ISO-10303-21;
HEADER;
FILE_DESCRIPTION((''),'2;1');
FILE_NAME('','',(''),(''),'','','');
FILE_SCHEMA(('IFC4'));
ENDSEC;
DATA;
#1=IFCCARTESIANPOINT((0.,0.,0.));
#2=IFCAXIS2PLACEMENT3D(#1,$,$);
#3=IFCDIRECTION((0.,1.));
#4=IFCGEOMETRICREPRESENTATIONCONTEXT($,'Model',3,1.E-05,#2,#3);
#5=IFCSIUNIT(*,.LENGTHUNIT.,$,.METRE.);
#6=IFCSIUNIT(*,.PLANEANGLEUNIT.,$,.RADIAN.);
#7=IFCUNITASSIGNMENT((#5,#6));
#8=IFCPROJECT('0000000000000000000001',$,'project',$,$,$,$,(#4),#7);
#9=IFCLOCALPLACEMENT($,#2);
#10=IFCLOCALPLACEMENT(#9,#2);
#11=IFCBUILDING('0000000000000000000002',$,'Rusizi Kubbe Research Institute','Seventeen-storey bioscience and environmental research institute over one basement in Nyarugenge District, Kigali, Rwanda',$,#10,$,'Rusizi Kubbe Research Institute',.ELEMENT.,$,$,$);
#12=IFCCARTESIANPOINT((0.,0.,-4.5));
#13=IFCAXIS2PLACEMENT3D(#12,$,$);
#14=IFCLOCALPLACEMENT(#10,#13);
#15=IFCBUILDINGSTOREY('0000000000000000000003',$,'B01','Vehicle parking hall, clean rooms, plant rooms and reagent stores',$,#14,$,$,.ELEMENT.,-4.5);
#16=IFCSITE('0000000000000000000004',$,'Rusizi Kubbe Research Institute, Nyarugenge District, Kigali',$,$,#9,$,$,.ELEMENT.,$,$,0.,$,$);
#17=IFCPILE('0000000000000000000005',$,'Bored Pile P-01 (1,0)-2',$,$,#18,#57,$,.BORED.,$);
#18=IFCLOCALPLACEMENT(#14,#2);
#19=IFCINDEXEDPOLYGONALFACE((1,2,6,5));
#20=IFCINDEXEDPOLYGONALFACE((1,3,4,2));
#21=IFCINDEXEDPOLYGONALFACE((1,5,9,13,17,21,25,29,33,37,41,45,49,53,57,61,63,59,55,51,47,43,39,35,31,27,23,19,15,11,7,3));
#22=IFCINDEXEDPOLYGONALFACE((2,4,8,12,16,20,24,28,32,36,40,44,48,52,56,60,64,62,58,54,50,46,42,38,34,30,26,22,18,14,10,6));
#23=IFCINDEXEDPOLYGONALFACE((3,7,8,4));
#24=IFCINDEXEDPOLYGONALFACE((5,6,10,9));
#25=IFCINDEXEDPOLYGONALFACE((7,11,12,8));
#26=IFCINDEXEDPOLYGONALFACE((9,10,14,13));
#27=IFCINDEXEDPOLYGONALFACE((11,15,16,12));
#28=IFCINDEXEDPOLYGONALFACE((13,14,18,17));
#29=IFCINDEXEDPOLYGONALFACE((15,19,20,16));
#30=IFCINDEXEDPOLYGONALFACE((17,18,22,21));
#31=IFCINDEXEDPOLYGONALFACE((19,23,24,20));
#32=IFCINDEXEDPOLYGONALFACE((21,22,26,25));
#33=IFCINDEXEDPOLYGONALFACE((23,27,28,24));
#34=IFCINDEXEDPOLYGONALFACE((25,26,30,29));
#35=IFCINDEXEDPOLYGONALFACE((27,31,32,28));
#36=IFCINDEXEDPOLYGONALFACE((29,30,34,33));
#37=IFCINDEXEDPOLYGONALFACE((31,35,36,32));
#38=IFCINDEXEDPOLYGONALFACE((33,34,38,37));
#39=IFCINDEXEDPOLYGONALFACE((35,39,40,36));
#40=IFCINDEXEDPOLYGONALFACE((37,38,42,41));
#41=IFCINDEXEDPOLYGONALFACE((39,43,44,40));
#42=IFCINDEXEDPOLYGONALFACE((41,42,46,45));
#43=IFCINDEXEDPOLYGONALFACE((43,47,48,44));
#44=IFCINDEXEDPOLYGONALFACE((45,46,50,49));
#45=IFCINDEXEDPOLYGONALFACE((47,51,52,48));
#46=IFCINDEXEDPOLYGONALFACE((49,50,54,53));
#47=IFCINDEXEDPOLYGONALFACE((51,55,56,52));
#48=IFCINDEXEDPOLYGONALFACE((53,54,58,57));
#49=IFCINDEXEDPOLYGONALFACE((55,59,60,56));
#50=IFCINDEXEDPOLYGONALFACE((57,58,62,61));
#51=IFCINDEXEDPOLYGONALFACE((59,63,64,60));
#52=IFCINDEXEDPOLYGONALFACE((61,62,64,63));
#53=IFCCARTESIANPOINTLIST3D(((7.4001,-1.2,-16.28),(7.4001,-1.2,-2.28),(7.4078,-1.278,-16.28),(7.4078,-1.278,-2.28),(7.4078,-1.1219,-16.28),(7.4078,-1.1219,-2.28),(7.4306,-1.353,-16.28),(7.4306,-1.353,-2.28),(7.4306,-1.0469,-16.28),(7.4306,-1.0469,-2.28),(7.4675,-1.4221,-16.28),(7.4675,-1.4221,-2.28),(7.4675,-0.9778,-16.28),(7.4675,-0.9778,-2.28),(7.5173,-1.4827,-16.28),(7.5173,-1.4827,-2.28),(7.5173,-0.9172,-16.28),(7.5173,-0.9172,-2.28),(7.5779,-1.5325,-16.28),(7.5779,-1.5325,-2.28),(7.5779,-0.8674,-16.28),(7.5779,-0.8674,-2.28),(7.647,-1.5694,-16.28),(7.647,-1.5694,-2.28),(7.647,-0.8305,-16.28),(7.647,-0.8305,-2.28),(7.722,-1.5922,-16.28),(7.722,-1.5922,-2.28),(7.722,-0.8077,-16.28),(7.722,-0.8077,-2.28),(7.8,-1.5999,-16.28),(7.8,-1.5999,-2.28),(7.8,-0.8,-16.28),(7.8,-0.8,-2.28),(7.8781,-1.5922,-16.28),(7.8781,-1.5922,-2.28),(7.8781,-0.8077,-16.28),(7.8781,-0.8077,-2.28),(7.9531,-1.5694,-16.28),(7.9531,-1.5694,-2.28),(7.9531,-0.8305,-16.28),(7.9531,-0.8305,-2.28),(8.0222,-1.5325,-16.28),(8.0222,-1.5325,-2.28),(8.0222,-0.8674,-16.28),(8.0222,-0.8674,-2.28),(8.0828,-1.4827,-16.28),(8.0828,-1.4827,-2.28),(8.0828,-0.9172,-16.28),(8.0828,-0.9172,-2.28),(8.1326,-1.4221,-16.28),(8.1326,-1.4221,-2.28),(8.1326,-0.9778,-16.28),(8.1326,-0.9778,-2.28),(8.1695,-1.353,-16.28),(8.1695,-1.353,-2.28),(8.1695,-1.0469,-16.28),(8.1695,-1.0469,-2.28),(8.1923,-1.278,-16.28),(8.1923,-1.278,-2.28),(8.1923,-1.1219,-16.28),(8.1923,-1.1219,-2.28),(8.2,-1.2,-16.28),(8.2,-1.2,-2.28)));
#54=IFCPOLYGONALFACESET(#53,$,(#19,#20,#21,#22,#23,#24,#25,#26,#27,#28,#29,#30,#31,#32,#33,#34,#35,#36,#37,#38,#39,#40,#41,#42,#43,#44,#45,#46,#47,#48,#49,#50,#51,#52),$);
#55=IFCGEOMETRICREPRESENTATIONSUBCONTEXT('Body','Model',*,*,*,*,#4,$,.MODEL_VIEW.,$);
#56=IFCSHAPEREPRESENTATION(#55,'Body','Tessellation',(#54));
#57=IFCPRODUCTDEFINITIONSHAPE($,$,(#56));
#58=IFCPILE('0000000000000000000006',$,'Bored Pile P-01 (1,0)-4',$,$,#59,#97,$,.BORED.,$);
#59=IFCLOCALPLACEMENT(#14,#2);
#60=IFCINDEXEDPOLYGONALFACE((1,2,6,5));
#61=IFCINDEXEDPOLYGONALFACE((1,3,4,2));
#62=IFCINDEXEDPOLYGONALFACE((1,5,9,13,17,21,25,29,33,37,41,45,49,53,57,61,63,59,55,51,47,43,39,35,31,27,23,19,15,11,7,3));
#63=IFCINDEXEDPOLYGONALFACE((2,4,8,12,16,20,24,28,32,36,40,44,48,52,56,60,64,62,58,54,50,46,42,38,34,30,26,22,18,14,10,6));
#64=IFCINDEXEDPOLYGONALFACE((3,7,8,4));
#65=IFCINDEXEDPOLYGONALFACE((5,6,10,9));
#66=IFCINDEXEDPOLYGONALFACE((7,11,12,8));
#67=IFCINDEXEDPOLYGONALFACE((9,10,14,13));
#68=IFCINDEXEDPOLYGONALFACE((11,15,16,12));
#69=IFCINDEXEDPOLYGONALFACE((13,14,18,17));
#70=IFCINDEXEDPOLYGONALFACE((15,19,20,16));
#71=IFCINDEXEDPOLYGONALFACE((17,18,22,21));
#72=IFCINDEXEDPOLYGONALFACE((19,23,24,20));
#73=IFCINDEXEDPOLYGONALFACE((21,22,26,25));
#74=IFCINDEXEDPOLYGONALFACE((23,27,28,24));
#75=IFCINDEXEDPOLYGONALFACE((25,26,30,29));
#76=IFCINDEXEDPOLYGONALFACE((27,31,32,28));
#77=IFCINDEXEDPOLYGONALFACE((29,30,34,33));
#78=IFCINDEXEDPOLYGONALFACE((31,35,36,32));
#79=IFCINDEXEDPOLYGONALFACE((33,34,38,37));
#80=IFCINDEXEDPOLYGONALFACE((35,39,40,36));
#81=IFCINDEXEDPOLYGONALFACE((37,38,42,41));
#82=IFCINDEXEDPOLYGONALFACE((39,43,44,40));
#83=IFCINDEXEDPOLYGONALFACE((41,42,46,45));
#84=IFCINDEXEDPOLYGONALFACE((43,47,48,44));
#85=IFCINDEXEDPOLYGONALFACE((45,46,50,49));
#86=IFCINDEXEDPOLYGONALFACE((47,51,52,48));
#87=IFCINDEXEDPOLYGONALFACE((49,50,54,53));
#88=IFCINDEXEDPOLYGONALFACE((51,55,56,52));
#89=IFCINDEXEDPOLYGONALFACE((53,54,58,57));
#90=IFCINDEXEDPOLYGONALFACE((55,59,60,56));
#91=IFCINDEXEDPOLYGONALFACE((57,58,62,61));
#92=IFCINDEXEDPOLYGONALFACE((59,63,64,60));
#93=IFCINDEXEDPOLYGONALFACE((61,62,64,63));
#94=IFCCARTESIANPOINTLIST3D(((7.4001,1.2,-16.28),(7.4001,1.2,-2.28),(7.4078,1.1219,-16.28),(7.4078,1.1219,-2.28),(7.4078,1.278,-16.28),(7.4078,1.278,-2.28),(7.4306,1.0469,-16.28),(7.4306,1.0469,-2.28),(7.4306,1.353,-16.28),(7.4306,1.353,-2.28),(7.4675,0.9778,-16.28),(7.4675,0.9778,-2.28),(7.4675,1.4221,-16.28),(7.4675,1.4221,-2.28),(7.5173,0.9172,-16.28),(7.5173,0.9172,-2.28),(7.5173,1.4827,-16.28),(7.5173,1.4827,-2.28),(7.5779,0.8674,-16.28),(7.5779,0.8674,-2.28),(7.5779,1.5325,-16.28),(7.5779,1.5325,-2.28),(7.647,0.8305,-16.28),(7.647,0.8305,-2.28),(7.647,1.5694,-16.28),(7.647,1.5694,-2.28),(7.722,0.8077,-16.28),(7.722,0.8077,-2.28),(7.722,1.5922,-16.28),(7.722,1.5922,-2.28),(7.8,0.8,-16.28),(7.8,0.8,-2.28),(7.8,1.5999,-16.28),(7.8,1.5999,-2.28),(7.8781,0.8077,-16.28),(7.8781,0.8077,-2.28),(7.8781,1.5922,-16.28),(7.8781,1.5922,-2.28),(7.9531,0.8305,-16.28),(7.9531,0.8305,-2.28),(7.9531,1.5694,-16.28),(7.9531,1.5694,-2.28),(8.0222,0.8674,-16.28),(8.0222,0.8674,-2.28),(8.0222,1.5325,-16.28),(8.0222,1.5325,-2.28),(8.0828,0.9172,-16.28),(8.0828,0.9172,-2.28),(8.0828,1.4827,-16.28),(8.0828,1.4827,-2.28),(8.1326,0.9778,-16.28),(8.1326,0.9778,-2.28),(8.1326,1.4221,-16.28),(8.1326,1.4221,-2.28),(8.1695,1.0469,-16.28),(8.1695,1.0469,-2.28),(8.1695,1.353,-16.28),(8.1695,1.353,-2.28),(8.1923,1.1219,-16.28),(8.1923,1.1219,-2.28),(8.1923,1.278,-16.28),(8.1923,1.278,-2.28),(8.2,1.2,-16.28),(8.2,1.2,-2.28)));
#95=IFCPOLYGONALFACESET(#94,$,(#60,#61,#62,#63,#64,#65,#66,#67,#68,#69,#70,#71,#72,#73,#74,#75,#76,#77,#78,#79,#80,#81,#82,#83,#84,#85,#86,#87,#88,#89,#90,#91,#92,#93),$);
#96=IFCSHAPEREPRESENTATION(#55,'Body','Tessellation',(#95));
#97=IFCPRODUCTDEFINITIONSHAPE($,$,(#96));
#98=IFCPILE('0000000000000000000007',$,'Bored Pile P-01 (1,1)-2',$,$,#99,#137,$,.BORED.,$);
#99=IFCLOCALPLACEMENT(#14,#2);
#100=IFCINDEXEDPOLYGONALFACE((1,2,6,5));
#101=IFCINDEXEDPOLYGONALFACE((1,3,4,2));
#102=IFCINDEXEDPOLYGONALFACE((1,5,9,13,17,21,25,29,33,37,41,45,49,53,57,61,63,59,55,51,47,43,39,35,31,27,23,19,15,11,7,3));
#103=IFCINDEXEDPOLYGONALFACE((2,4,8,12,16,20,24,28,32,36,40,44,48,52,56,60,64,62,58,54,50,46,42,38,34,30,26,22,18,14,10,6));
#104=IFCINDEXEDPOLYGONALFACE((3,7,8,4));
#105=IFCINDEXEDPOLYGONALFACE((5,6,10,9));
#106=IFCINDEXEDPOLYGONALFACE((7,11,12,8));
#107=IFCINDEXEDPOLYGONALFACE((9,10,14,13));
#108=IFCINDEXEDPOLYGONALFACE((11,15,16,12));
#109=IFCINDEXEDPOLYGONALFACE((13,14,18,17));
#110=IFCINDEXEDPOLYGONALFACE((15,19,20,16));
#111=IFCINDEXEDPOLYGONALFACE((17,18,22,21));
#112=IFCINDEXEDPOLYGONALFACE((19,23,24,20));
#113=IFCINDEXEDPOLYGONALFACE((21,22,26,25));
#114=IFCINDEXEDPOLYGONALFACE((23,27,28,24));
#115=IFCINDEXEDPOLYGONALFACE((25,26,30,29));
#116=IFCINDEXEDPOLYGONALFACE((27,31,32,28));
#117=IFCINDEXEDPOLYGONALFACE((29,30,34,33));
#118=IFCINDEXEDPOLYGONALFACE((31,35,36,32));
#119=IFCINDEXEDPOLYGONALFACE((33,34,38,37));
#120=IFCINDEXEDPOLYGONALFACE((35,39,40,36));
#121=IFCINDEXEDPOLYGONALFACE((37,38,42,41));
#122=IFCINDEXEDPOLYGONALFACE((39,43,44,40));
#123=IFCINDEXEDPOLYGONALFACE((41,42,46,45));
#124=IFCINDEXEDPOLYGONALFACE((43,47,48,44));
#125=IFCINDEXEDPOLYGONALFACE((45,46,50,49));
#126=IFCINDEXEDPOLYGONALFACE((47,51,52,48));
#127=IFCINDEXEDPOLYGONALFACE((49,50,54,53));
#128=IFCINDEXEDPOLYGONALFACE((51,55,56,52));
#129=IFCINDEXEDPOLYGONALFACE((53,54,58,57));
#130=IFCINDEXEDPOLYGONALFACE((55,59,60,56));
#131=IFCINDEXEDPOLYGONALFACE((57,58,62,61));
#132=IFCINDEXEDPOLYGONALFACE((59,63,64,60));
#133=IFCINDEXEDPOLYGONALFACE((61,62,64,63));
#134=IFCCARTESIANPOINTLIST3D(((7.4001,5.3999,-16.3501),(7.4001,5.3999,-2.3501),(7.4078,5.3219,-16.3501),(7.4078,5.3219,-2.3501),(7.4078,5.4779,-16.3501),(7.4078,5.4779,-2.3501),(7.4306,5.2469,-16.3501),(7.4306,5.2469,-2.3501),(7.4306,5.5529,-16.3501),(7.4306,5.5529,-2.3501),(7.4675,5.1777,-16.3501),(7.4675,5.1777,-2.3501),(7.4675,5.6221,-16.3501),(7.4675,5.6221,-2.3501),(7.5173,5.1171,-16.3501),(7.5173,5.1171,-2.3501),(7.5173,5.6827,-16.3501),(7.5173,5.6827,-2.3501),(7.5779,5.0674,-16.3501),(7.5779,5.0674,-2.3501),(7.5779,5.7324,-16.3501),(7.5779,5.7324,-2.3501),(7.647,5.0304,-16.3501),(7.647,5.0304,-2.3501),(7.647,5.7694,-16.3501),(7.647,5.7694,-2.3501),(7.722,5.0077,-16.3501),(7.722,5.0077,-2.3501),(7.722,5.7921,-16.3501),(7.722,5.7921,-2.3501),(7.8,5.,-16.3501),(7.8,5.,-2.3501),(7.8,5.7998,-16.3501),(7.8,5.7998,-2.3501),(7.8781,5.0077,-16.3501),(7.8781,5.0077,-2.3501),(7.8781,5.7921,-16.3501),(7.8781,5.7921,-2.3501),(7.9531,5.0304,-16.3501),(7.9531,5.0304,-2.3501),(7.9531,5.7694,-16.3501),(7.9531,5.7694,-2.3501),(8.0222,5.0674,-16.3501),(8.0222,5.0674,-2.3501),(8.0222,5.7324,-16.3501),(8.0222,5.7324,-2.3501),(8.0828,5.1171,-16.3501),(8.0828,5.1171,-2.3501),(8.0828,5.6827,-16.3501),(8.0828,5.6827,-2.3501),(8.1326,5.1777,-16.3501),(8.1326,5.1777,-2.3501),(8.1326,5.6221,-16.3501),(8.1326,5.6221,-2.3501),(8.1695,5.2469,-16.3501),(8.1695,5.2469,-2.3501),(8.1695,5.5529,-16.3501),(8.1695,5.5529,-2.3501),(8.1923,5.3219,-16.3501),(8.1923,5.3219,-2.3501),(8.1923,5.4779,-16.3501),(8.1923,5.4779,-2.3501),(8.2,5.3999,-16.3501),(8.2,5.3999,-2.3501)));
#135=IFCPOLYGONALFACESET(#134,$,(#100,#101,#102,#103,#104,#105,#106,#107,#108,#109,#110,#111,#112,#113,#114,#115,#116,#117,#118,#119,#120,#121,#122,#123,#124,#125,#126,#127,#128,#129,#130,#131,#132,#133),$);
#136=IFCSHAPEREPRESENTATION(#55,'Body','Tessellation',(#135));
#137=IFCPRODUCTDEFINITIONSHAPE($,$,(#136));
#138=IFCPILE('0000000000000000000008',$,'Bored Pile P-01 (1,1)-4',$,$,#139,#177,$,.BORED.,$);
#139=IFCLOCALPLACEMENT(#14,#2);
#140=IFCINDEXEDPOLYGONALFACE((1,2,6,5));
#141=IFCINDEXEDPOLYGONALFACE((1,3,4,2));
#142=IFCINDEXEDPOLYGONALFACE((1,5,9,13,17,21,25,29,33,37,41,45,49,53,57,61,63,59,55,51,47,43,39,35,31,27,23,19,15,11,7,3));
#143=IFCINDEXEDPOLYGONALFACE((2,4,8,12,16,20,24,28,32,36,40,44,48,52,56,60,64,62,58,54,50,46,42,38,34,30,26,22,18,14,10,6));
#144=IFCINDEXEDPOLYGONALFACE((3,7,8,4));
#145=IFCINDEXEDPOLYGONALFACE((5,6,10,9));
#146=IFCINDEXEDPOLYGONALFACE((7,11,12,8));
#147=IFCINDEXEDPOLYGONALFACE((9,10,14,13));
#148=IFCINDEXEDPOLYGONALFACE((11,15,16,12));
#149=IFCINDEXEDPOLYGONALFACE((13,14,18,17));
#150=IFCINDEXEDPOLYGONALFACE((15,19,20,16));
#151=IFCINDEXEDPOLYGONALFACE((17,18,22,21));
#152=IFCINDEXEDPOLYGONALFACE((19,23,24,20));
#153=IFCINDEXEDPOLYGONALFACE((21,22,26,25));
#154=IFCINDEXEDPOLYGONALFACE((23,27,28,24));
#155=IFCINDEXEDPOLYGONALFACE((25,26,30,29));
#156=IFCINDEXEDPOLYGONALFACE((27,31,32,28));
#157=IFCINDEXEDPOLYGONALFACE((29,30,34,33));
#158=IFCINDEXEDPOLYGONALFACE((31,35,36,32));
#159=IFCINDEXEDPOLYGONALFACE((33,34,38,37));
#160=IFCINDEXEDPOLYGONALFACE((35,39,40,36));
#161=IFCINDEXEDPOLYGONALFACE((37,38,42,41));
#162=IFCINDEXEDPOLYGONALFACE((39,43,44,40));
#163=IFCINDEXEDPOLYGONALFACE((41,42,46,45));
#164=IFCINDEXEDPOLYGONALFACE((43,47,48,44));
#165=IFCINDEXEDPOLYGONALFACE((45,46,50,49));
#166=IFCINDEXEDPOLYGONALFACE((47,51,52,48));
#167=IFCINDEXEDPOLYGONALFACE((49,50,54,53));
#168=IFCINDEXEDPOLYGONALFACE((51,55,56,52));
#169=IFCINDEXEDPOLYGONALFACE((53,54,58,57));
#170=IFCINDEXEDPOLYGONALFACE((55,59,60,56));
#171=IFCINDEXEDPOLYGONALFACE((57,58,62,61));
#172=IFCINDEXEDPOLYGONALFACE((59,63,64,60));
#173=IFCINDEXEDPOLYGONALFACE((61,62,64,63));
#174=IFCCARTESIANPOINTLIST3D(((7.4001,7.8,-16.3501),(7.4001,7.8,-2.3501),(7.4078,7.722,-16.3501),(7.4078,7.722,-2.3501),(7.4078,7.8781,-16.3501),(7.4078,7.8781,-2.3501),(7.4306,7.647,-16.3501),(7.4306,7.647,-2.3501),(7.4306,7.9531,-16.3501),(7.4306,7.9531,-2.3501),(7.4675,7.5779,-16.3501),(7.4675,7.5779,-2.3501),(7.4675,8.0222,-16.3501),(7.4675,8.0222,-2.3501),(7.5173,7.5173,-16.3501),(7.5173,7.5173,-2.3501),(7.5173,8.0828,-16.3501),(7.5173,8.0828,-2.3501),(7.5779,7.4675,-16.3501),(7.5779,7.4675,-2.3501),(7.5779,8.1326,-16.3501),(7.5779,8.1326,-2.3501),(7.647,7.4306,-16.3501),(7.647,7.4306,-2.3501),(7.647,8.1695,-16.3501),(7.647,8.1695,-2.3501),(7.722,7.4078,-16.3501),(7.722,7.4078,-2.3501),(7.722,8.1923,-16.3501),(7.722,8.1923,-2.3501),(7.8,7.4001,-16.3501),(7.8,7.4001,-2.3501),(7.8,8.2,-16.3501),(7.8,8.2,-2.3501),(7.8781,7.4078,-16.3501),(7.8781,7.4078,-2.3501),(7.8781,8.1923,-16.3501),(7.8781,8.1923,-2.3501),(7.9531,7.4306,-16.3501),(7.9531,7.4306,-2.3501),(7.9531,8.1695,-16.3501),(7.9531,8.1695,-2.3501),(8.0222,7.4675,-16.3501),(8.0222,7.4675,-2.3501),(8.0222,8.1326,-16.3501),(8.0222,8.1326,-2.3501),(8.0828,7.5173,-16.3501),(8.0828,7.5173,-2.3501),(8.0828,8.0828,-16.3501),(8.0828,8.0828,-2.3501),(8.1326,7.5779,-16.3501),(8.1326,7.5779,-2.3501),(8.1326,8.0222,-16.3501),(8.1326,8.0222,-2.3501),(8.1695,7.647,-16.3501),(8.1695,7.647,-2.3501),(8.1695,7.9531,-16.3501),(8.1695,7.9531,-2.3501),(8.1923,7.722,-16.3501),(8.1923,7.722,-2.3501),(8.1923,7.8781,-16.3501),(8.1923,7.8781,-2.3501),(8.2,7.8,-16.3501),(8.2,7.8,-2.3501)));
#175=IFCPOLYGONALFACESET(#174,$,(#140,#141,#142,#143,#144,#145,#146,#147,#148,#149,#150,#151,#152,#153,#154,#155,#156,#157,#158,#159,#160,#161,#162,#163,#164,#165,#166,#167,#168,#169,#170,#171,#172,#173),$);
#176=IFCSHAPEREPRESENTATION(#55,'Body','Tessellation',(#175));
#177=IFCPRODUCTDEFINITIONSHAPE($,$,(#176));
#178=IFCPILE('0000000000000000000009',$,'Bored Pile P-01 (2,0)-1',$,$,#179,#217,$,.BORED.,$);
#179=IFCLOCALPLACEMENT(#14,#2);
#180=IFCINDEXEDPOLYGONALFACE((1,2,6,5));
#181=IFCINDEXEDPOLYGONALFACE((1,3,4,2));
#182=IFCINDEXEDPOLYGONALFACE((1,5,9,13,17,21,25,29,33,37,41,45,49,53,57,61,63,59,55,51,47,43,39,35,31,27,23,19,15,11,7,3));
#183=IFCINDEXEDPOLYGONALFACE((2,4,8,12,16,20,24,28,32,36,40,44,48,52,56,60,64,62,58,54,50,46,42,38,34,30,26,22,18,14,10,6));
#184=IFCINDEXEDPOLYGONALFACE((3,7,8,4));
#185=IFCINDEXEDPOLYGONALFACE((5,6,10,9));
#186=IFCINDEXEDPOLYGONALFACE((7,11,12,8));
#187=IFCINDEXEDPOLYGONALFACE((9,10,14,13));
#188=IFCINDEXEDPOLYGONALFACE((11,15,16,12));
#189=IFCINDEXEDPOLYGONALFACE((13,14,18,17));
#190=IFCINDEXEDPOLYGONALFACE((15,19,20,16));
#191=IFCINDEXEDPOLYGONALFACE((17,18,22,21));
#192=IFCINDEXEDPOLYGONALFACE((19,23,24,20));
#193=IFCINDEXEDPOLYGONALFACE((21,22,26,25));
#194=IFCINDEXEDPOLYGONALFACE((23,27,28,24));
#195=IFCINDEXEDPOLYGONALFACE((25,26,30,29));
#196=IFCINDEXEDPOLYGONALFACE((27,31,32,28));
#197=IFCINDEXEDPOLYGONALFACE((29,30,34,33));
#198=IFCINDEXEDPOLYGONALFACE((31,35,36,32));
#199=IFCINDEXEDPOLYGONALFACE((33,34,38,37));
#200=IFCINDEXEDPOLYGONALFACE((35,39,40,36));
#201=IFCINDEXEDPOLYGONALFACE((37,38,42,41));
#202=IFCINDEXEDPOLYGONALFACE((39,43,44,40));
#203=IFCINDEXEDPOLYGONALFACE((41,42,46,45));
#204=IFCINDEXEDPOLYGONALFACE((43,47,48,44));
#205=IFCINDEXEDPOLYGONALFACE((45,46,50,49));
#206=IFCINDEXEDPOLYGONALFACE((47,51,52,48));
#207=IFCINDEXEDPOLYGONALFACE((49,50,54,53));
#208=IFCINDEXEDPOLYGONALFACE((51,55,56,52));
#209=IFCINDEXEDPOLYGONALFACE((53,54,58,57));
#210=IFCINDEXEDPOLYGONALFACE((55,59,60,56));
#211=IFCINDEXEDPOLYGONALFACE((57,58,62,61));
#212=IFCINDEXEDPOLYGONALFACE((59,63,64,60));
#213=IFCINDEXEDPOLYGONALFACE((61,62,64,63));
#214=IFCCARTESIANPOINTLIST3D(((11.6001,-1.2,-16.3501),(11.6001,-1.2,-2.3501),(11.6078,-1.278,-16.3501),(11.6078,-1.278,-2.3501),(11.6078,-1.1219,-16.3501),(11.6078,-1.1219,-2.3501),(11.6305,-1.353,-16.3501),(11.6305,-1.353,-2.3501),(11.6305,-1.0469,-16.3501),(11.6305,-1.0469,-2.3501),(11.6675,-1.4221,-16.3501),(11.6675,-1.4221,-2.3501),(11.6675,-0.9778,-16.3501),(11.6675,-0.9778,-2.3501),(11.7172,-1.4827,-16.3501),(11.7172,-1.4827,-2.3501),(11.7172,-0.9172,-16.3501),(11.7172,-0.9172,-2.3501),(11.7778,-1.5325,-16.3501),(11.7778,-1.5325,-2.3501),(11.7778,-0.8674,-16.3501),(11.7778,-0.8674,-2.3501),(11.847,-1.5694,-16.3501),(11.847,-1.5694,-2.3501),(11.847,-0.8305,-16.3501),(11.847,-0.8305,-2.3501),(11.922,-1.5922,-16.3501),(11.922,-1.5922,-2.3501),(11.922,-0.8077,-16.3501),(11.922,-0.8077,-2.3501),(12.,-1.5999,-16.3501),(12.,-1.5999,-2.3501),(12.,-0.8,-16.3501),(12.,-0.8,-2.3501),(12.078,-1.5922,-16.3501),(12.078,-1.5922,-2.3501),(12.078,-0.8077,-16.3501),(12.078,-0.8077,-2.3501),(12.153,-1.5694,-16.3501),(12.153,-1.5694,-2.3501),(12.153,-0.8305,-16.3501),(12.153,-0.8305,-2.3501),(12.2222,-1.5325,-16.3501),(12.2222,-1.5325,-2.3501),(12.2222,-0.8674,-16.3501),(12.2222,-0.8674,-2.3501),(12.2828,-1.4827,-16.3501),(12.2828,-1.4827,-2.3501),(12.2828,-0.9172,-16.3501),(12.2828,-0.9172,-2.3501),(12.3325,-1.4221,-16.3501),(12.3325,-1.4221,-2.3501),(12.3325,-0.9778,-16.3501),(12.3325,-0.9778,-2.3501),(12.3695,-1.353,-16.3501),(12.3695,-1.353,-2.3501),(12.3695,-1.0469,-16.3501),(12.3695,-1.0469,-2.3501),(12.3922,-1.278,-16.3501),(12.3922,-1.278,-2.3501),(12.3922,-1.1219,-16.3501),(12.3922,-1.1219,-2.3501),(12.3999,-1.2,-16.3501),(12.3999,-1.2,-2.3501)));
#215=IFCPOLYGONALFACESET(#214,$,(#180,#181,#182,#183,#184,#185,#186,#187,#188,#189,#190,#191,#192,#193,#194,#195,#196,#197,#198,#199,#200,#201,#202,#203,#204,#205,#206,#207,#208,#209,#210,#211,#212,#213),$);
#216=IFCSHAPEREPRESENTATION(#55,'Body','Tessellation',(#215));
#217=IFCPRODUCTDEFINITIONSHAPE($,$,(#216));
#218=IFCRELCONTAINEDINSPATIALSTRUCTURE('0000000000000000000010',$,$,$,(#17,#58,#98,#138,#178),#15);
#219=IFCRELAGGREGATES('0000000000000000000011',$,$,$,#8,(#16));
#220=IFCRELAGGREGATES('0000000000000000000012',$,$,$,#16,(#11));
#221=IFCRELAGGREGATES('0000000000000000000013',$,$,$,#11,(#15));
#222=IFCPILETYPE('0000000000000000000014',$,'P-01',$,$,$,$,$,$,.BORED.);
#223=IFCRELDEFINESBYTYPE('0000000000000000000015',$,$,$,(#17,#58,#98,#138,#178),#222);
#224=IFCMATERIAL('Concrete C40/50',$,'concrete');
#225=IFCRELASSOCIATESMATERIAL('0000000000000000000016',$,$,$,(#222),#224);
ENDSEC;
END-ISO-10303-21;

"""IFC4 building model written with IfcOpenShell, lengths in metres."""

from ifc_helpers import new_model, si_unit, direction, frame, origin, origin_2d, place, context, subcontext, project, spatial, circle, extrude, material, material_profile, profile_set, type_object, element, save


model = new_model("IFC4")

# Units and contexts
model_context = context("Model", 3, precision=1e-05, world=origin(), true_north=direction((0.0, 1.0)))
body_context = subcontext(model_context, "Body", "Model", "MODEL_VIEW")
ifc_project = project(units=[si_unit("LENGTHUNIT", "METRE"), si_unit("PLANEANGLEUNIT", "RADIAN")], contexts=[model_context])

# Site, building, storey
site_placement = place(None, origin())
site = spatial("IfcSite", under=ifc_project, at=site_placement, Name="Rusizi Kubbe Research Institute, Nyarugenge District, Kigali", CompositionType="ELEMENT", RefElevation=0.0)
building_placement = place(site_placement, origin())
building = spatial("IfcBuilding", under=site, at=building_placement, Name="Rusizi Kubbe Research Institute", Description="Seventeen-storey bioscience and environmental research institute over one basement in Nyarugenge District, Kigali, Rwanda", LongName="Rusizi Kubbe Research Institute", CompositionType="ELEMENT")
storey_placement = place(building_placement, frame((0.0, 0.0, -4.5)))
storey = spatial("IfcBuildingStorey", under=building, at=storey_placement, Name="B01", Description="Vehicle parking hall, clean rooms, plant rooms and reagent stores", CompositionType="ELEMENT", Elevation=-4.5)

# Piles
ifc_material_1 = material(Name="Concrete C40/50", Category="concrete")
ifc_material_profile_1 = material_profile(ifc_material_1, circle(Radius=0.3999, at=origin_2d()), Name="PILE-D800")
ifc_profile_set_1 = profile_set([ifc_material_profile_1], Name="Concrete C40/50")
pile_type_1 = type_object("IfcPileType", Name="P-01", PredefinedType="BORED", material=ifc_profile_set_1)
for number, where, z_axis, x_axis, name in (
    (1, (7.8, -1.2, -2.28), (0.0, 0.0, -1.0), (1.0, 0.0, 0.0), "Bored Pile P-01 (1,0)-2"),
    (2, (7.8, 1.2, -2.28), (0.0, 0.0, -1.0), (1.0, 0.0, 0.0), "Bored Pile P-01 (1,0)-4"),
    (3, (7.8, 5.3999, -2.3501), (0.0, 0.0, -1.0), (1.0, 0.0, 0.0), "Bored Pile P-01 (1,1)-2"),
    (4, (7.8, 7.8, -2.3501), (0.0, 0.0, -1.0), (1.0, 0.0, 0.0), "Bored Pile P-01 (1,1)-4"),
    (5, (12.0, -1.2, -2.3501), (0.0, 0.0, -1.0), (1.0, 0.0, 0.0), "Bored Pile P-01 (2,0)-1"),
):
    element("IfcPile", number, at=place(storey_placement, frame(where, z_axis=z_axis, x_axis=x_axis)), inside=storey, type_object=pile_type_1, Name=name, PredefinedType="BORED", context=body_context, shape_type="SweptSolid", body=[
        extrude(circle(Radius=0.3999, at=origin_2d()), origin(), (0.0, 0.0, 1.0), 14.0),
    ])

save(model, "model.ifc")
